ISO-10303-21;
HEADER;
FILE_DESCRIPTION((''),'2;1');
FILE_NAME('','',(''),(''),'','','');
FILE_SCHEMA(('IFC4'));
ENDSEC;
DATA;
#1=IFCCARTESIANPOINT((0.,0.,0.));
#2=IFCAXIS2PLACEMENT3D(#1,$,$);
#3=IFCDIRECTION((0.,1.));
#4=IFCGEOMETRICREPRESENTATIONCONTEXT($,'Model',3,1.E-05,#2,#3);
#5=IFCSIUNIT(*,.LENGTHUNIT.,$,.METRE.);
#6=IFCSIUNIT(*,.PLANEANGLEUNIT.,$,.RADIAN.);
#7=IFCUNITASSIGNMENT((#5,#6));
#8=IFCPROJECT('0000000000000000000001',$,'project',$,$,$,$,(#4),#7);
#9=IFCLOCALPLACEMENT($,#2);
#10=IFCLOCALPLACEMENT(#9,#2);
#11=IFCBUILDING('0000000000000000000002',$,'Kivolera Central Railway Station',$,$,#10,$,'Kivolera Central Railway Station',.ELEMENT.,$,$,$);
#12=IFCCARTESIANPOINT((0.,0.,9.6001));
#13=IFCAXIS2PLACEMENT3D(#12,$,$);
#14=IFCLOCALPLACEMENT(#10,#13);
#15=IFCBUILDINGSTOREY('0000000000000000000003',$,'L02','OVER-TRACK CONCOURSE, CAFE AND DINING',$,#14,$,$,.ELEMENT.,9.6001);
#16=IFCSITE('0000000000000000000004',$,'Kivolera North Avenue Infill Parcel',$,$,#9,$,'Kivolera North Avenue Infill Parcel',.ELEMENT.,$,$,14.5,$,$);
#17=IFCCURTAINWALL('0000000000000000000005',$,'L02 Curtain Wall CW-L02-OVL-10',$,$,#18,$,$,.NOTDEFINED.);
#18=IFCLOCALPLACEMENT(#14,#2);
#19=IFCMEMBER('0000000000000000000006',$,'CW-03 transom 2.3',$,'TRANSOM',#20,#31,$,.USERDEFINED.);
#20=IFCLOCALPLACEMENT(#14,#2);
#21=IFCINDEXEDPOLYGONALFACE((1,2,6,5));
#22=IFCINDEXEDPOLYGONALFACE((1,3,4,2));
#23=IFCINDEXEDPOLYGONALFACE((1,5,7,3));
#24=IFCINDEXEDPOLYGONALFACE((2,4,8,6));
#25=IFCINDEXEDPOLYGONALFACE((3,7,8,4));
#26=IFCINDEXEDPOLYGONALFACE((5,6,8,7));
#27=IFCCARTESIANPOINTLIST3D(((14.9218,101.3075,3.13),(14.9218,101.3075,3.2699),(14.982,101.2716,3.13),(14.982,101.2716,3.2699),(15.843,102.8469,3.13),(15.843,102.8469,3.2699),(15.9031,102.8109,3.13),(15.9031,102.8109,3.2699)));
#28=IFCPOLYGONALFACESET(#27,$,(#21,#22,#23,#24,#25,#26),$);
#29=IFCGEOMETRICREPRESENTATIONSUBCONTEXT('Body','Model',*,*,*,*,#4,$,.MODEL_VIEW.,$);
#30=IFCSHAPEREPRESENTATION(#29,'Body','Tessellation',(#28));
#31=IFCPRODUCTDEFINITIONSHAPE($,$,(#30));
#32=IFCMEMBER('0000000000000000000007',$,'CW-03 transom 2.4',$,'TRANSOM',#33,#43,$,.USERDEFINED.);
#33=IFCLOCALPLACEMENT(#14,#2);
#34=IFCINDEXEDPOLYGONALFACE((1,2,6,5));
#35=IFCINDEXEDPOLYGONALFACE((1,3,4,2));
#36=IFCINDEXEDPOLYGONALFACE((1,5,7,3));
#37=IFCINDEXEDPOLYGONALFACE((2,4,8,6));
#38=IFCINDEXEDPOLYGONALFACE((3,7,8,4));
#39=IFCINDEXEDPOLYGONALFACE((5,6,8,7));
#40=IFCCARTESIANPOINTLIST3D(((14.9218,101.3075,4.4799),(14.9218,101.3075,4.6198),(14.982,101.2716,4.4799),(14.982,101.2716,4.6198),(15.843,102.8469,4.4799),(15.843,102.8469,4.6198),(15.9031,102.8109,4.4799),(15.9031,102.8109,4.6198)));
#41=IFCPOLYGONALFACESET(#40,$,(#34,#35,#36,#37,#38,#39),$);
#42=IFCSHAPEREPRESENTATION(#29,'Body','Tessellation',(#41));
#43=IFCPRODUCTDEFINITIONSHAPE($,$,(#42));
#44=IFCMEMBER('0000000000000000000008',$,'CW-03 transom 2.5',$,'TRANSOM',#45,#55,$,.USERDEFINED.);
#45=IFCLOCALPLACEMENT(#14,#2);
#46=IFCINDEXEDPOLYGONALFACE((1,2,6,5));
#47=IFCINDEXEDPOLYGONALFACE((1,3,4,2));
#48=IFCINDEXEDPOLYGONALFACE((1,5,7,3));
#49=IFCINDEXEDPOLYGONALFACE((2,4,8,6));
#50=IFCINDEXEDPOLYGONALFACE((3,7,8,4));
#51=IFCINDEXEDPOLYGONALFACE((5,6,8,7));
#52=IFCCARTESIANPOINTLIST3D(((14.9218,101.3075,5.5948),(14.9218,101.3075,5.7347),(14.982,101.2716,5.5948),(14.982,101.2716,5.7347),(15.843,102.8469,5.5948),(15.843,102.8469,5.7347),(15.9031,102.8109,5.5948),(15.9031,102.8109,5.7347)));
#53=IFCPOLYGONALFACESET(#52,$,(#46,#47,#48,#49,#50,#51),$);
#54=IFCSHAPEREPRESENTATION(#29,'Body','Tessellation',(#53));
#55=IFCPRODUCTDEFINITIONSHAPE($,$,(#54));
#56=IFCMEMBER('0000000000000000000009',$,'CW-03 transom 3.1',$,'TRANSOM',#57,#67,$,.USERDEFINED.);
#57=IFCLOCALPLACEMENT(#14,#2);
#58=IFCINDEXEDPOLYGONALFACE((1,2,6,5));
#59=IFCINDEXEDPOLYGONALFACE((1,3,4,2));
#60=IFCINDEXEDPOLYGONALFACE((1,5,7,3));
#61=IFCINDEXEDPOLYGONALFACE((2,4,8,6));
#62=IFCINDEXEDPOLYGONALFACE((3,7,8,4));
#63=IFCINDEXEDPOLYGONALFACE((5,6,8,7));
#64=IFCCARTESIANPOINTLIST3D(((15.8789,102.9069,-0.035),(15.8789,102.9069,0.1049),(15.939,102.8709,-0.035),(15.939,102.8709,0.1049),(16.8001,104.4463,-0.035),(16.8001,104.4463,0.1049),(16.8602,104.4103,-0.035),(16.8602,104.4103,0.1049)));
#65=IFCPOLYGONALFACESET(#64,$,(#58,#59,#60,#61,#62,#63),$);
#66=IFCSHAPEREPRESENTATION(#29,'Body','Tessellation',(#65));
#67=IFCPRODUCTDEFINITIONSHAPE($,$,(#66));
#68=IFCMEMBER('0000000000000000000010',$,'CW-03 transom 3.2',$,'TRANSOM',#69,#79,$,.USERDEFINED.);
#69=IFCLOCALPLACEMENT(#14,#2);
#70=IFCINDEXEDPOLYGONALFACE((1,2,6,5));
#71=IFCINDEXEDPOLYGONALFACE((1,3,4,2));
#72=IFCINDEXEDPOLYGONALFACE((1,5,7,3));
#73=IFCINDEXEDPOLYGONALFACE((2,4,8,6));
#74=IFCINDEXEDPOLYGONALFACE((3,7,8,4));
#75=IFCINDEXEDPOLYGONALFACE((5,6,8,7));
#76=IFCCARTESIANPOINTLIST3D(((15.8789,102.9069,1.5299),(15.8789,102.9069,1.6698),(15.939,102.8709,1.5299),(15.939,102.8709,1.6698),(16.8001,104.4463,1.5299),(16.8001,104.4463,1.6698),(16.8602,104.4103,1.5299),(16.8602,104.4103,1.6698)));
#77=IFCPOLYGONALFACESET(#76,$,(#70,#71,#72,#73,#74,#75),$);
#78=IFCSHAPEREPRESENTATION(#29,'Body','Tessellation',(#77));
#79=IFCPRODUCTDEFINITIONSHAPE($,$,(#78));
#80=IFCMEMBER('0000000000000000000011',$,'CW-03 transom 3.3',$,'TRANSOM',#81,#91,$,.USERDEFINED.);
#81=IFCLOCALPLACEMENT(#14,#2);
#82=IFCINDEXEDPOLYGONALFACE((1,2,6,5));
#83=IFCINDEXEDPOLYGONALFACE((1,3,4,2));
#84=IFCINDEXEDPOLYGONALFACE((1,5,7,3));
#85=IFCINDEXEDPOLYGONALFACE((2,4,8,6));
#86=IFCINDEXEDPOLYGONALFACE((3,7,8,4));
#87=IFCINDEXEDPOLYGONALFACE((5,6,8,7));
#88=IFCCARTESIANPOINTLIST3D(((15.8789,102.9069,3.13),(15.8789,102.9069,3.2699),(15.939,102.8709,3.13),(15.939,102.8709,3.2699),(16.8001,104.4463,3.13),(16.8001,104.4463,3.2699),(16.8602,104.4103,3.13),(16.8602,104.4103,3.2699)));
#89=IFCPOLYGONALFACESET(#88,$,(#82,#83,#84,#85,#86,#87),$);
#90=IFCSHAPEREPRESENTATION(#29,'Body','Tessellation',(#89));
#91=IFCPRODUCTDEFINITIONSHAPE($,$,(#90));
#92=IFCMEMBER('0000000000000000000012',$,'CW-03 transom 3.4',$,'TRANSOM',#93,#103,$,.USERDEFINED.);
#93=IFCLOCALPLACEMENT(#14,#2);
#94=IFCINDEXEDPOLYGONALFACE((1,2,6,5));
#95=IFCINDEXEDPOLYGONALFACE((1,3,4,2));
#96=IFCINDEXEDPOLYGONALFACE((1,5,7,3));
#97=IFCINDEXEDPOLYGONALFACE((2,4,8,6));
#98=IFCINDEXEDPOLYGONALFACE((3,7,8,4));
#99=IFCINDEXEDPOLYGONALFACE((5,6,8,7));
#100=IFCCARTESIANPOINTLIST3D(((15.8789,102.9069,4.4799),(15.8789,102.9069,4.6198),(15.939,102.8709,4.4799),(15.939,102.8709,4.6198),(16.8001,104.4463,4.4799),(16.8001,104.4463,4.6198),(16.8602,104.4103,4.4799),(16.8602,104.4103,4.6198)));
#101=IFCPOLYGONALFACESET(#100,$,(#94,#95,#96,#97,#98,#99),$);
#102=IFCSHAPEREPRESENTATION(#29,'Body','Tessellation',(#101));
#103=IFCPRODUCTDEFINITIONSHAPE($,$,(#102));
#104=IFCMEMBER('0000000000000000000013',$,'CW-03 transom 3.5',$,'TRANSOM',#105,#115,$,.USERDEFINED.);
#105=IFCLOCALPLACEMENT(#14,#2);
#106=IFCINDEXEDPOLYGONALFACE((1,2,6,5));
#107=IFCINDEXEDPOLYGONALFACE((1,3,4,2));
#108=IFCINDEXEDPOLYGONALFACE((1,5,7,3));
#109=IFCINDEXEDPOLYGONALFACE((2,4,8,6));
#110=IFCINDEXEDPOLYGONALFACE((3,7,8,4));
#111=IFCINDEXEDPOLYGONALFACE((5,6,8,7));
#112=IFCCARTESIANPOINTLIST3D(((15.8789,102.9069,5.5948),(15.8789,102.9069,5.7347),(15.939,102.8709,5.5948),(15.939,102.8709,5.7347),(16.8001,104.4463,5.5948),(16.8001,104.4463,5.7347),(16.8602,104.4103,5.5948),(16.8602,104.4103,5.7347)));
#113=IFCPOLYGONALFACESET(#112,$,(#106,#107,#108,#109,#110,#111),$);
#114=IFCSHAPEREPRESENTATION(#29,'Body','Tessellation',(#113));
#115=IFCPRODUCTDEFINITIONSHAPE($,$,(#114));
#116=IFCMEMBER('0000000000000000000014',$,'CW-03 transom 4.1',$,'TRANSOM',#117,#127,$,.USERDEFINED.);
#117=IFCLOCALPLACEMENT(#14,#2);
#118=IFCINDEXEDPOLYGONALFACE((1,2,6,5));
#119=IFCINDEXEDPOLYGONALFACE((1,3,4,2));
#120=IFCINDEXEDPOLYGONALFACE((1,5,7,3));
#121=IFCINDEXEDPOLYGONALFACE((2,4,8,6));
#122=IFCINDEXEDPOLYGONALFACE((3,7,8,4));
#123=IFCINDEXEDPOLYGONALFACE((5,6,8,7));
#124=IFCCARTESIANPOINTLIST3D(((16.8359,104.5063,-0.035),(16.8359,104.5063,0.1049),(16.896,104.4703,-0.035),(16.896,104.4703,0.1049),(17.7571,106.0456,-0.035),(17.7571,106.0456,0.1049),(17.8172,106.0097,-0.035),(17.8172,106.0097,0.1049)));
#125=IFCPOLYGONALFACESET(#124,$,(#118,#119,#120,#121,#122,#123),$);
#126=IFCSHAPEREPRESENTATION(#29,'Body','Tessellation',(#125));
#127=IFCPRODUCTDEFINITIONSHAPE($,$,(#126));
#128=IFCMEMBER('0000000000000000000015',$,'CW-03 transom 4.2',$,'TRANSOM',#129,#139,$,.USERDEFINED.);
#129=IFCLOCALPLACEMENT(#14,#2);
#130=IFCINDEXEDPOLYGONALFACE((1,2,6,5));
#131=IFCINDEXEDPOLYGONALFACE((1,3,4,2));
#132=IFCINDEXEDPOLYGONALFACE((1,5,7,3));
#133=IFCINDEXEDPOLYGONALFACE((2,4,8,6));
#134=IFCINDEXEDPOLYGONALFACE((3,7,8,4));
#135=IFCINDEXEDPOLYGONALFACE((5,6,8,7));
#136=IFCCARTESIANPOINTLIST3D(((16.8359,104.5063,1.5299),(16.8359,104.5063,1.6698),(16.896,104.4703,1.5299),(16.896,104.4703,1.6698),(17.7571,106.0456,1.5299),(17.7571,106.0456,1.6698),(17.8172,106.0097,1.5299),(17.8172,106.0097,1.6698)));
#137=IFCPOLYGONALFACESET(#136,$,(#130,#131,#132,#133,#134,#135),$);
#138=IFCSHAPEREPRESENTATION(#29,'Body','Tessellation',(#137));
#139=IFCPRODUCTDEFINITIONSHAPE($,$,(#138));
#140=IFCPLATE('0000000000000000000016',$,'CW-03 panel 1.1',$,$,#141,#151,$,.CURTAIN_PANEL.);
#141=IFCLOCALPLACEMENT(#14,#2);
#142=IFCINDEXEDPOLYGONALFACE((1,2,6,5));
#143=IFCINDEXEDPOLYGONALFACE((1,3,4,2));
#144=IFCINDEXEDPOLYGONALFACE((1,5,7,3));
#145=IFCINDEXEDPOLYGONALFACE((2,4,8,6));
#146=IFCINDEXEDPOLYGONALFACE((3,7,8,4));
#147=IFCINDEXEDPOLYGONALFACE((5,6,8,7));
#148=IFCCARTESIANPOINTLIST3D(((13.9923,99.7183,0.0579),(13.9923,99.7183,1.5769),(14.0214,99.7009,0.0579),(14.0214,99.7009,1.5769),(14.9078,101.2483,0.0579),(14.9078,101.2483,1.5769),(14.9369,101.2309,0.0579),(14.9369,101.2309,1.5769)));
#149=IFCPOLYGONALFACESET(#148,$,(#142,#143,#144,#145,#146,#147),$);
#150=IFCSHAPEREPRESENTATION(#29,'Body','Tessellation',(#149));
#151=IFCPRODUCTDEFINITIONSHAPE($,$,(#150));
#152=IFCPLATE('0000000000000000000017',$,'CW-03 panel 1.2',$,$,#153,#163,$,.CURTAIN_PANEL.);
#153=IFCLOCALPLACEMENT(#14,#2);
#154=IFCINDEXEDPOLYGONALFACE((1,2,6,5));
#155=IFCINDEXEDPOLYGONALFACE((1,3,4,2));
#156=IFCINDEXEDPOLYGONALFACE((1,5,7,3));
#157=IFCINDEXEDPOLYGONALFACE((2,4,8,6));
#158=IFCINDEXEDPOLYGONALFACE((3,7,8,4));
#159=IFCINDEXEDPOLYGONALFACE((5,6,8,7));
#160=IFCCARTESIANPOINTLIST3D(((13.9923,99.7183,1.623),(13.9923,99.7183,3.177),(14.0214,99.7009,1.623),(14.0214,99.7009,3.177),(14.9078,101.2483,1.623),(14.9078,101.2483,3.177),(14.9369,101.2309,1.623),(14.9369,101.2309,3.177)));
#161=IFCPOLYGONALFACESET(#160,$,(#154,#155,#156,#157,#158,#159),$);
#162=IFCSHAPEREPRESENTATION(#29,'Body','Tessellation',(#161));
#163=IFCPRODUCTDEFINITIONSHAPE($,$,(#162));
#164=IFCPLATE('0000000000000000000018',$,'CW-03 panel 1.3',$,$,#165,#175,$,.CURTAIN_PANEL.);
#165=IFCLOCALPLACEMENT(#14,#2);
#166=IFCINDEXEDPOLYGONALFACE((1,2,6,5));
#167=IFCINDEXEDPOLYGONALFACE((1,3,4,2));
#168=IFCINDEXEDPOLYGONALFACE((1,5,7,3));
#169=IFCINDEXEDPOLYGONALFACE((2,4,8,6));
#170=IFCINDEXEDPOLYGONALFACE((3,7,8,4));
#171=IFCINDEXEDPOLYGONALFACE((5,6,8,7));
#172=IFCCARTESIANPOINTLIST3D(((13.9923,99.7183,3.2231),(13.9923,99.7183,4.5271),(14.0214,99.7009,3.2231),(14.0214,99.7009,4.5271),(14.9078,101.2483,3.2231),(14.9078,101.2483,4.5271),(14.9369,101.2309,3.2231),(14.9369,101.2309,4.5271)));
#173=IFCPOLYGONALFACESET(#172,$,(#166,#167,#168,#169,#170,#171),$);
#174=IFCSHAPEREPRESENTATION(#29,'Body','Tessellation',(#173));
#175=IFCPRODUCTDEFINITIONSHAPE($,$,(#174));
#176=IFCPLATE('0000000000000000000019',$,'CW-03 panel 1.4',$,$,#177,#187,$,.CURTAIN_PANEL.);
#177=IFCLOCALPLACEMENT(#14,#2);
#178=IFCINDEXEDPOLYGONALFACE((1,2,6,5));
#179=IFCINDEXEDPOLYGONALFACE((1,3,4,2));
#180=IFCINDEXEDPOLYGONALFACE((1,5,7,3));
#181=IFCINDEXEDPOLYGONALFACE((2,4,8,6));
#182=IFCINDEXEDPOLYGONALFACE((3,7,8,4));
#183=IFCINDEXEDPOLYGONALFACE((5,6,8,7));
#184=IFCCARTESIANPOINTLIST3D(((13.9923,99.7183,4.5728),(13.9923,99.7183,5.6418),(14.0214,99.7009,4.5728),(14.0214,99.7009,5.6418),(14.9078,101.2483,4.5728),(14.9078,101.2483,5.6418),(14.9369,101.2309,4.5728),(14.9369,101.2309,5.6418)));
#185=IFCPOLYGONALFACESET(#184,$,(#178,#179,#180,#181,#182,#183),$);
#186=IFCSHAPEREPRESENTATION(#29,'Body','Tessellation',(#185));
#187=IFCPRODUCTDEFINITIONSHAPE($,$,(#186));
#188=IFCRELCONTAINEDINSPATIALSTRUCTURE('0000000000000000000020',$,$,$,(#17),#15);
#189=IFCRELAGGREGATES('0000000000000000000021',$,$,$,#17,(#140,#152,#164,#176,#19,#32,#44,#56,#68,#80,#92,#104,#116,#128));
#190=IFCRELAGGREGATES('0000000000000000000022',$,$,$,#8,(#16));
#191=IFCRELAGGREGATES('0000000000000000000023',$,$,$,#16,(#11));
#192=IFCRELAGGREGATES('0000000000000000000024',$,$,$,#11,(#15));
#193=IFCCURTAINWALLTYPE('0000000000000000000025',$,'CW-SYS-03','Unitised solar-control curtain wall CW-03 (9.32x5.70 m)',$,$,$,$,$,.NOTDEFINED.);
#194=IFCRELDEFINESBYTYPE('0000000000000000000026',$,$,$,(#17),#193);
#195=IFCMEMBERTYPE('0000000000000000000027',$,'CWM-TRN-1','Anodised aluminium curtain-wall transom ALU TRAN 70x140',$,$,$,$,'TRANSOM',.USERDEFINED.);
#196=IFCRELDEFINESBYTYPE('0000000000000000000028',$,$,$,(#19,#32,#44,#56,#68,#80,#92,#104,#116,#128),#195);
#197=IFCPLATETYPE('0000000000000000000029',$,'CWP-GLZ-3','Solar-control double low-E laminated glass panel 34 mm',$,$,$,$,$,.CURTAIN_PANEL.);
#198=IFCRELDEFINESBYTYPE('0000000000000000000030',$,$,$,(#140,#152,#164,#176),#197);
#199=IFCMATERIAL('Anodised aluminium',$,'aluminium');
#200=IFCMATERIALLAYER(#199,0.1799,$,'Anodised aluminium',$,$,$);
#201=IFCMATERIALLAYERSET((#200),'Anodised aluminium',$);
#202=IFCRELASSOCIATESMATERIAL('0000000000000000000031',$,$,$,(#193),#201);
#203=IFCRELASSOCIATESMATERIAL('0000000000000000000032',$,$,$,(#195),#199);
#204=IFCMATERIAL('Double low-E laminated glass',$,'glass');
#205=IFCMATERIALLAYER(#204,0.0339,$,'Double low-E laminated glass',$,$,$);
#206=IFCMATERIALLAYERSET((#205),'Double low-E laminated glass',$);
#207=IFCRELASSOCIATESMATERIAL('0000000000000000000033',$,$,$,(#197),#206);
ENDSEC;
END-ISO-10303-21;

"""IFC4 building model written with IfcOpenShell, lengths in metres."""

from ifc_helpers import new_model, si_unit, direction, frame, origin, origin_2d, place, context, subcontext, project, spatial, rectangle, extrude, material, layer, layer_set, material_profile, profile_set, type_object, element, aggregate, save


model = new_model("IFC4")

# Units and contexts
model_context = context("Model", 3, precision=1e-05, world=origin(), true_north=direction((0.0, 1.0)))
body_context = subcontext(model_context, "Body", "Model", "MODEL_VIEW")
ifc_project = project(units=[si_unit("LENGTHUNIT", "METRE"), si_unit("PLANEANGLEUNIT", "RADIAN")], contexts=[model_context])

# Site, building, storey
site_placement = place(None, origin())
site = spatial("IfcSite", under=ifc_project, at=site_placement, Name="Kivolera North Avenue Infill Parcel", LongName="Kivolera North Avenue Infill Parcel", CompositionType="ELEMENT", RefElevation=14.5)
building_placement = place(site_placement, origin())
building = spatial("IfcBuilding", under=site, at=building_placement, Name="Kivolera Central Railway Station", LongName="Kivolera Central Railway Station", CompositionType="ELEMENT")
storey_placement = place(building_placement, frame((0.0, 0.0, 9.6001)))
storey = spatial("IfcBuildingStorey", under=building, at=storey_placement, Name="L02", Description="OVER-TRACK CONCOURSE, CAFE AND DINING", CompositionType="ELEMENT", Elevation=9.6001)

# Curtain wall, members, plates
ifc_material_1 = material(Name="Anodised aluminium", Category="aluminium")
ifc_layer_1 = layer(ifc_material_1, 0.1799, Name="Anodised aluminium")
ifc_layer_set_1 = layer_set([ifc_layer_1], Name="Anodised aluminium")
curtain_wall_type = type_object("IfcCurtainWallType", Name="CW-SYS-03", Description="Unitised solar-control curtain wall CW-03 (9.32x5.70 m)", PredefinedType="NOTDEFINED", material=ifc_layer_set_1)
curtain_wall_placement = place(storey_placement, origin())
curtain_wall = element("IfcCurtainWall", 1, at=curtain_wall_placement, inside=storey, type_object=curtain_wall_type, Name="L02 Curtain Wall CW-L02-OVL-10", PredefinedType="NOTDEFINED")
ifc_material_profile_1 = material_profile(ifc_material_1, rectangle(XDim=0.0701, YDim=0.1399, at=origin_2d()), Name="ALU TRAN 70x140")
ifc_profile_set_1 = profile_set([ifc_material_profile_1], Name="Anodised aluminium")
member_type_1 = type_object("IfcMemberType", Name="CWM-TRN-1", Description="Anodised aluminium curtain-wall transom ALU TRAN 70x140", ElementType="TRANSOM", PredefinedType="USERDEFINED", material=ifc_profile_set_1)
member_1_placement = place(storey_placement, frame((14.9519, 101.2896, 3.2), z_axis=(0.513495, 0.858093, 0.0), x_axis=(-0.858093, 0.513495, 0.0)))
member_1 = element("IfcMember", 2, at=member_1_placement, type_object=member_type_1, Name="CW-03 transom 2.3", ObjectType="TRANSOM", PredefinedType="USERDEFINED", context=body_context, shape_type="SweptSolid", body=[
    extrude(rectangle(XDim=0.0701, YDim=0.1399, at=origin_2d()), origin(), (0.0, 0.0, 1.0), 1.7939),
])
member_2_placement = place(storey_placement, frame((14.9519, 101.2896, 4.5498), z_axis=(0.513495, 0.858093, 0.0), x_axis=(-0.858093, 0.513495, 0.0)))
member_2 = element("IfcMember", 3, at=member_2_placement, type_object=member_type_1, Name="CW-03 transom 2.4", ObjectType="TRANSOM", PredefinedType="USERDEFINED", context=body_context, shape_type="SweptSolid", body=[
    extrude(rectangle(XDim=0.0701, YDim=0.1399, at=origin_2d()), origin(), (0.0, 0.0, 1.0), 1.7939),
])
member_3_placement = place(storey_placement, frame((14.9519, 101.2896, 5.6648), z_axis=(0.513495, 0.858093, 0.0), x_axis=(-0.858093, 0.513495, 0.0)))
member_3 = element("IfcMember", 4, at=member_3_placement, type_object=member_type_1, Name="CW-03 transom 2.5", ObjectType="TRANSOM", PredefinedType="USERDEFINED", context=body_context, shape_type="SweptSolid", body=[
    extrude(rectangle(XDim=0.0701, YDim=0.1399, at=origin_2d()), origin(), (0.0, 0.0, 1.0), 1.7939),
])
member_4_placement = place(storey_placement, frame((15.9089, 102.8889, 0.0349), z_axis=(0.513495, 0.858093, 0.0), x_axis=(-0.858093, 0.513495, 0.0)))
member_4 = element("IfcMember", 5, at=member_4_placement, type_object=member_type_1, Name="CW-03 transom 3.1", ObjectType="TRANSOM", PredefinedType="USERDEFINED", context=body_context, shape_type="SweptSolid", body=[
    extrude(rectangle(XDim=0.0701, YDim=0.1399, at=origin_2d()), origin(), (0.0, 0.0, 1.0), 1.7939),
])
member_5_placement = place(storey_placement, frame((15.9089, 102.8889, 1.5999), z_axis=(0.513495, 0.858093, 0.0), x_axis=(-0.858093, 0.513495, 0.0)))
member_5 = element("IfcMember", 6, at=member_5_placement, type_object=member_type_1, Name="CW-03 transom 3.2", ObjectType="TRANSOM", PredefinedType="USERDEFINED", context=body_context, shape_type="SweptSolid", body=[
    extrude(rectangle(XDim=0.0701, YDim=0.1399, at=origin_2d()), origin(), (0.0, 0.0, 1.0), 1.7939),
])
member_6_placement = place(storey_placement, frame((15.9089, 102.8889, 3.2), z_axis=(0.513495, 0.858093, 0.0), x_axis=(-0.858093, 0.513495, 0.0)))
member_6 = element("IfcMember", 7, at=member_6_placement, type_object=member_type_1, Name="CW-03 transom 3.3", ObjectType="TRANSOM", PredefinedType="USERDEFINED", context=body_context, shape_type="SweptSolid", body=[
    extrude(rectangle(XDim=0.0701, YDim=0.1399, at=origin_2d()), origin(), (0.0, 0.0, 1.0), 1.7939),
])
member_7_placement = place(storey_placement, frame((15.9089, 102.8889, 4.5498), z_axis=(0.513495, 0.858093, 0.0), x_axis=(-0.858093, 0.513495, 0.0)))
member_7 = element("IfcMember", 8, at=member_7_placement, type_object=member_type_1, Name="CW-03 transom 3.4", ObjectType="TRANSOM", PredefinedType="USERDEFINED", context=body_context, shape_type="SweptSolid", body=[
    extrude(rectangle(XDim=0.0701, YDim=0.1399, at=origin_2d()), origin(), (0.0, 0.0, 1.0), 1.7939),
])
member_8_placement = place(storey_placement, frame((15.9089, 102.8889, 5.6648), z_axis=(0.513495, 0.858093, 0.0), x_axis=(-0.858093, 0.513495, 0.0)))
member_8 = element("IfcMember", 9, at=member_8_placement, type_object=member_type_1, Name="CW-03 transom 3.5", ObjectType="TRANSOM", PredefinedType="USERDEFINED", context=body_context, shape_type="SweptSolid", body=[
    extrude(rectangle(XDim=0.0701, YDim=0.1399, at=origin_2d()), origin(), (0.0, 0.0, 1.0), 1.7939),
])
member_9_placement = place(storey_placement, frame((16.866, 104.4883, 0.0349), z_axis=(0.513495, 0.858093, 0.0), x_axis=(-0.858093, 0.513495, 0.0)))
member_9 = element("IfcMember", 10, at=member_9_placement, type_object=member_type_1, Name="CW-03 transom 4.1", ObjectType="TRANSOM", PredefinedType="USERDEFINED", context=body_context, shape_type="SweptSolid", body=[
    extrude(rectangle(XDim=0.0701, YDim=0.1399, at=origin_2d()), origin(), (0.0, 0.0, 1.0), 1.7939),
])
member_10_placement = place(storey_placement, frame((16.866, 104.4883, 1.5999), z_axis=(0.513495, 0.858093, 0.0), x_axis=(-0.858093, 0.513495, 0.0)))
member_10 = element("IfcMember", 11, at=member_10_placement, type_object=member_type_1, Name="CW-03 transom 4.2", ObjectType="TRANSOM", PredefinedType="USERDEFINED", context=body_context, shape_type="SweptSolid", body=[
    extrude(rectangle(XDim=0.0701, YDim=0.1399, at=origin_2d()), origin(), (0.0, 0.0, 1.0), 1.7939),
])
ifc_material_2 = material(Name="Double low-E laminated glass", Category="glass")
ifc_layer_2 = layer(ifc_material_2, 0.0339, Name="Double low-E laminated glass")
ifc_layer_set_2 = layer_set([ifc_layer_2], Name="Double low-E laminated glass")
plate_type = type_object("IfcPlateType", Name="CWP-GLZ-3", Description="Solar-control double low-E laminated glass panel 34 mm", PredefinedType="CURTAIN_PANEL", material=ifc_layer_set_2)
plate_1_placement = place(storey_placement, frame((14.4646, 100.4746, 0.0579), z_axis=(0.0, 0.0, 1.0), x_axis=(0.513454, 0.858117, 0.0)))
plate_1 = element("IfcPlate", 12, at=plate_1_placement, type_object=plate_type, Name="CW-03 panel 1.1", PredefinedType="CURTAIN_PANEL", context=body_context, shape_type="SweptSolid", body=[
    extrude(rectangle(XDim=1.783, YDim=0.0339, at=origin_2d()), origin(), (0.0, 0.0, 1.0), 1.519),
])
plate_2_placement = place(storey_placement, frame((14.4646, 100.4746, 1.623), z_axis=(0.0, 0.0, 1.0), x_axis=(0.513454, 0.858117, 0.0)))
plate_2 = element("IfcPlate", 13, at=plate_2_placement, type_object=plate_type, Name="CW-03 panel 1.2", PredefinedType="CURTAIN_PANEL", context=body_context, shape_type="SweptSolid", body=[
    extrude(rectangle(XDim=1.783, YDim=0.0339, at=origin_2d()), origin(), (0.0, 0.0, 1.0), 1.554),
])
plate_3_placement = place(storey_placement, frame((14.4646, 100.4746, 3.2231), z_axis=(0.0, 0.0, 1.0), x_axis=(0.513454, 0.858117, 0.0)))
plate_3 = element("IfcPlate", 14, at=plate_3_placement, type_object=plate_type, Name="CW-03 panel 1.3", PredefinedType="CURTAIN_PANEL", context=body_context, shape_type="SweptSolid", body=[
    extrude(rectangle(XDim=1.783, YDim=0.0339, at=origin_2d()), origin(), (0.0, 0.0, 1.0), 1.304),
])
plate_4_placement = place(storey_placement, frame((14.4646, 100.4746, 4.5728), z_axis=(0.0, 0.0, 1.0), x_axis=(0.513454, 0.858117, 0.0)))
plate_4 = element("IfcPlate", 15, at=plate_4_placement, type_object=plate_type, Name="CW-03 panel 1.4", PredefinedType="CURTAIN_PANEL", context=body_context, shape_type="SweptSolid", body=[
    extrude(rectangle(XDim=1.783, YDim=0.0339, at=origin_2d()), origin(), (0.0, 0.0, 1.0), 1.0691),
])
aggregate(curtain_wall, [plate_1, plate_2, plate_3, plate_4, member_1, member_2, member_3, member_4, member_5, member_6, member_7, member_8, member_9, member_10])

save(model, "model.ifc")
